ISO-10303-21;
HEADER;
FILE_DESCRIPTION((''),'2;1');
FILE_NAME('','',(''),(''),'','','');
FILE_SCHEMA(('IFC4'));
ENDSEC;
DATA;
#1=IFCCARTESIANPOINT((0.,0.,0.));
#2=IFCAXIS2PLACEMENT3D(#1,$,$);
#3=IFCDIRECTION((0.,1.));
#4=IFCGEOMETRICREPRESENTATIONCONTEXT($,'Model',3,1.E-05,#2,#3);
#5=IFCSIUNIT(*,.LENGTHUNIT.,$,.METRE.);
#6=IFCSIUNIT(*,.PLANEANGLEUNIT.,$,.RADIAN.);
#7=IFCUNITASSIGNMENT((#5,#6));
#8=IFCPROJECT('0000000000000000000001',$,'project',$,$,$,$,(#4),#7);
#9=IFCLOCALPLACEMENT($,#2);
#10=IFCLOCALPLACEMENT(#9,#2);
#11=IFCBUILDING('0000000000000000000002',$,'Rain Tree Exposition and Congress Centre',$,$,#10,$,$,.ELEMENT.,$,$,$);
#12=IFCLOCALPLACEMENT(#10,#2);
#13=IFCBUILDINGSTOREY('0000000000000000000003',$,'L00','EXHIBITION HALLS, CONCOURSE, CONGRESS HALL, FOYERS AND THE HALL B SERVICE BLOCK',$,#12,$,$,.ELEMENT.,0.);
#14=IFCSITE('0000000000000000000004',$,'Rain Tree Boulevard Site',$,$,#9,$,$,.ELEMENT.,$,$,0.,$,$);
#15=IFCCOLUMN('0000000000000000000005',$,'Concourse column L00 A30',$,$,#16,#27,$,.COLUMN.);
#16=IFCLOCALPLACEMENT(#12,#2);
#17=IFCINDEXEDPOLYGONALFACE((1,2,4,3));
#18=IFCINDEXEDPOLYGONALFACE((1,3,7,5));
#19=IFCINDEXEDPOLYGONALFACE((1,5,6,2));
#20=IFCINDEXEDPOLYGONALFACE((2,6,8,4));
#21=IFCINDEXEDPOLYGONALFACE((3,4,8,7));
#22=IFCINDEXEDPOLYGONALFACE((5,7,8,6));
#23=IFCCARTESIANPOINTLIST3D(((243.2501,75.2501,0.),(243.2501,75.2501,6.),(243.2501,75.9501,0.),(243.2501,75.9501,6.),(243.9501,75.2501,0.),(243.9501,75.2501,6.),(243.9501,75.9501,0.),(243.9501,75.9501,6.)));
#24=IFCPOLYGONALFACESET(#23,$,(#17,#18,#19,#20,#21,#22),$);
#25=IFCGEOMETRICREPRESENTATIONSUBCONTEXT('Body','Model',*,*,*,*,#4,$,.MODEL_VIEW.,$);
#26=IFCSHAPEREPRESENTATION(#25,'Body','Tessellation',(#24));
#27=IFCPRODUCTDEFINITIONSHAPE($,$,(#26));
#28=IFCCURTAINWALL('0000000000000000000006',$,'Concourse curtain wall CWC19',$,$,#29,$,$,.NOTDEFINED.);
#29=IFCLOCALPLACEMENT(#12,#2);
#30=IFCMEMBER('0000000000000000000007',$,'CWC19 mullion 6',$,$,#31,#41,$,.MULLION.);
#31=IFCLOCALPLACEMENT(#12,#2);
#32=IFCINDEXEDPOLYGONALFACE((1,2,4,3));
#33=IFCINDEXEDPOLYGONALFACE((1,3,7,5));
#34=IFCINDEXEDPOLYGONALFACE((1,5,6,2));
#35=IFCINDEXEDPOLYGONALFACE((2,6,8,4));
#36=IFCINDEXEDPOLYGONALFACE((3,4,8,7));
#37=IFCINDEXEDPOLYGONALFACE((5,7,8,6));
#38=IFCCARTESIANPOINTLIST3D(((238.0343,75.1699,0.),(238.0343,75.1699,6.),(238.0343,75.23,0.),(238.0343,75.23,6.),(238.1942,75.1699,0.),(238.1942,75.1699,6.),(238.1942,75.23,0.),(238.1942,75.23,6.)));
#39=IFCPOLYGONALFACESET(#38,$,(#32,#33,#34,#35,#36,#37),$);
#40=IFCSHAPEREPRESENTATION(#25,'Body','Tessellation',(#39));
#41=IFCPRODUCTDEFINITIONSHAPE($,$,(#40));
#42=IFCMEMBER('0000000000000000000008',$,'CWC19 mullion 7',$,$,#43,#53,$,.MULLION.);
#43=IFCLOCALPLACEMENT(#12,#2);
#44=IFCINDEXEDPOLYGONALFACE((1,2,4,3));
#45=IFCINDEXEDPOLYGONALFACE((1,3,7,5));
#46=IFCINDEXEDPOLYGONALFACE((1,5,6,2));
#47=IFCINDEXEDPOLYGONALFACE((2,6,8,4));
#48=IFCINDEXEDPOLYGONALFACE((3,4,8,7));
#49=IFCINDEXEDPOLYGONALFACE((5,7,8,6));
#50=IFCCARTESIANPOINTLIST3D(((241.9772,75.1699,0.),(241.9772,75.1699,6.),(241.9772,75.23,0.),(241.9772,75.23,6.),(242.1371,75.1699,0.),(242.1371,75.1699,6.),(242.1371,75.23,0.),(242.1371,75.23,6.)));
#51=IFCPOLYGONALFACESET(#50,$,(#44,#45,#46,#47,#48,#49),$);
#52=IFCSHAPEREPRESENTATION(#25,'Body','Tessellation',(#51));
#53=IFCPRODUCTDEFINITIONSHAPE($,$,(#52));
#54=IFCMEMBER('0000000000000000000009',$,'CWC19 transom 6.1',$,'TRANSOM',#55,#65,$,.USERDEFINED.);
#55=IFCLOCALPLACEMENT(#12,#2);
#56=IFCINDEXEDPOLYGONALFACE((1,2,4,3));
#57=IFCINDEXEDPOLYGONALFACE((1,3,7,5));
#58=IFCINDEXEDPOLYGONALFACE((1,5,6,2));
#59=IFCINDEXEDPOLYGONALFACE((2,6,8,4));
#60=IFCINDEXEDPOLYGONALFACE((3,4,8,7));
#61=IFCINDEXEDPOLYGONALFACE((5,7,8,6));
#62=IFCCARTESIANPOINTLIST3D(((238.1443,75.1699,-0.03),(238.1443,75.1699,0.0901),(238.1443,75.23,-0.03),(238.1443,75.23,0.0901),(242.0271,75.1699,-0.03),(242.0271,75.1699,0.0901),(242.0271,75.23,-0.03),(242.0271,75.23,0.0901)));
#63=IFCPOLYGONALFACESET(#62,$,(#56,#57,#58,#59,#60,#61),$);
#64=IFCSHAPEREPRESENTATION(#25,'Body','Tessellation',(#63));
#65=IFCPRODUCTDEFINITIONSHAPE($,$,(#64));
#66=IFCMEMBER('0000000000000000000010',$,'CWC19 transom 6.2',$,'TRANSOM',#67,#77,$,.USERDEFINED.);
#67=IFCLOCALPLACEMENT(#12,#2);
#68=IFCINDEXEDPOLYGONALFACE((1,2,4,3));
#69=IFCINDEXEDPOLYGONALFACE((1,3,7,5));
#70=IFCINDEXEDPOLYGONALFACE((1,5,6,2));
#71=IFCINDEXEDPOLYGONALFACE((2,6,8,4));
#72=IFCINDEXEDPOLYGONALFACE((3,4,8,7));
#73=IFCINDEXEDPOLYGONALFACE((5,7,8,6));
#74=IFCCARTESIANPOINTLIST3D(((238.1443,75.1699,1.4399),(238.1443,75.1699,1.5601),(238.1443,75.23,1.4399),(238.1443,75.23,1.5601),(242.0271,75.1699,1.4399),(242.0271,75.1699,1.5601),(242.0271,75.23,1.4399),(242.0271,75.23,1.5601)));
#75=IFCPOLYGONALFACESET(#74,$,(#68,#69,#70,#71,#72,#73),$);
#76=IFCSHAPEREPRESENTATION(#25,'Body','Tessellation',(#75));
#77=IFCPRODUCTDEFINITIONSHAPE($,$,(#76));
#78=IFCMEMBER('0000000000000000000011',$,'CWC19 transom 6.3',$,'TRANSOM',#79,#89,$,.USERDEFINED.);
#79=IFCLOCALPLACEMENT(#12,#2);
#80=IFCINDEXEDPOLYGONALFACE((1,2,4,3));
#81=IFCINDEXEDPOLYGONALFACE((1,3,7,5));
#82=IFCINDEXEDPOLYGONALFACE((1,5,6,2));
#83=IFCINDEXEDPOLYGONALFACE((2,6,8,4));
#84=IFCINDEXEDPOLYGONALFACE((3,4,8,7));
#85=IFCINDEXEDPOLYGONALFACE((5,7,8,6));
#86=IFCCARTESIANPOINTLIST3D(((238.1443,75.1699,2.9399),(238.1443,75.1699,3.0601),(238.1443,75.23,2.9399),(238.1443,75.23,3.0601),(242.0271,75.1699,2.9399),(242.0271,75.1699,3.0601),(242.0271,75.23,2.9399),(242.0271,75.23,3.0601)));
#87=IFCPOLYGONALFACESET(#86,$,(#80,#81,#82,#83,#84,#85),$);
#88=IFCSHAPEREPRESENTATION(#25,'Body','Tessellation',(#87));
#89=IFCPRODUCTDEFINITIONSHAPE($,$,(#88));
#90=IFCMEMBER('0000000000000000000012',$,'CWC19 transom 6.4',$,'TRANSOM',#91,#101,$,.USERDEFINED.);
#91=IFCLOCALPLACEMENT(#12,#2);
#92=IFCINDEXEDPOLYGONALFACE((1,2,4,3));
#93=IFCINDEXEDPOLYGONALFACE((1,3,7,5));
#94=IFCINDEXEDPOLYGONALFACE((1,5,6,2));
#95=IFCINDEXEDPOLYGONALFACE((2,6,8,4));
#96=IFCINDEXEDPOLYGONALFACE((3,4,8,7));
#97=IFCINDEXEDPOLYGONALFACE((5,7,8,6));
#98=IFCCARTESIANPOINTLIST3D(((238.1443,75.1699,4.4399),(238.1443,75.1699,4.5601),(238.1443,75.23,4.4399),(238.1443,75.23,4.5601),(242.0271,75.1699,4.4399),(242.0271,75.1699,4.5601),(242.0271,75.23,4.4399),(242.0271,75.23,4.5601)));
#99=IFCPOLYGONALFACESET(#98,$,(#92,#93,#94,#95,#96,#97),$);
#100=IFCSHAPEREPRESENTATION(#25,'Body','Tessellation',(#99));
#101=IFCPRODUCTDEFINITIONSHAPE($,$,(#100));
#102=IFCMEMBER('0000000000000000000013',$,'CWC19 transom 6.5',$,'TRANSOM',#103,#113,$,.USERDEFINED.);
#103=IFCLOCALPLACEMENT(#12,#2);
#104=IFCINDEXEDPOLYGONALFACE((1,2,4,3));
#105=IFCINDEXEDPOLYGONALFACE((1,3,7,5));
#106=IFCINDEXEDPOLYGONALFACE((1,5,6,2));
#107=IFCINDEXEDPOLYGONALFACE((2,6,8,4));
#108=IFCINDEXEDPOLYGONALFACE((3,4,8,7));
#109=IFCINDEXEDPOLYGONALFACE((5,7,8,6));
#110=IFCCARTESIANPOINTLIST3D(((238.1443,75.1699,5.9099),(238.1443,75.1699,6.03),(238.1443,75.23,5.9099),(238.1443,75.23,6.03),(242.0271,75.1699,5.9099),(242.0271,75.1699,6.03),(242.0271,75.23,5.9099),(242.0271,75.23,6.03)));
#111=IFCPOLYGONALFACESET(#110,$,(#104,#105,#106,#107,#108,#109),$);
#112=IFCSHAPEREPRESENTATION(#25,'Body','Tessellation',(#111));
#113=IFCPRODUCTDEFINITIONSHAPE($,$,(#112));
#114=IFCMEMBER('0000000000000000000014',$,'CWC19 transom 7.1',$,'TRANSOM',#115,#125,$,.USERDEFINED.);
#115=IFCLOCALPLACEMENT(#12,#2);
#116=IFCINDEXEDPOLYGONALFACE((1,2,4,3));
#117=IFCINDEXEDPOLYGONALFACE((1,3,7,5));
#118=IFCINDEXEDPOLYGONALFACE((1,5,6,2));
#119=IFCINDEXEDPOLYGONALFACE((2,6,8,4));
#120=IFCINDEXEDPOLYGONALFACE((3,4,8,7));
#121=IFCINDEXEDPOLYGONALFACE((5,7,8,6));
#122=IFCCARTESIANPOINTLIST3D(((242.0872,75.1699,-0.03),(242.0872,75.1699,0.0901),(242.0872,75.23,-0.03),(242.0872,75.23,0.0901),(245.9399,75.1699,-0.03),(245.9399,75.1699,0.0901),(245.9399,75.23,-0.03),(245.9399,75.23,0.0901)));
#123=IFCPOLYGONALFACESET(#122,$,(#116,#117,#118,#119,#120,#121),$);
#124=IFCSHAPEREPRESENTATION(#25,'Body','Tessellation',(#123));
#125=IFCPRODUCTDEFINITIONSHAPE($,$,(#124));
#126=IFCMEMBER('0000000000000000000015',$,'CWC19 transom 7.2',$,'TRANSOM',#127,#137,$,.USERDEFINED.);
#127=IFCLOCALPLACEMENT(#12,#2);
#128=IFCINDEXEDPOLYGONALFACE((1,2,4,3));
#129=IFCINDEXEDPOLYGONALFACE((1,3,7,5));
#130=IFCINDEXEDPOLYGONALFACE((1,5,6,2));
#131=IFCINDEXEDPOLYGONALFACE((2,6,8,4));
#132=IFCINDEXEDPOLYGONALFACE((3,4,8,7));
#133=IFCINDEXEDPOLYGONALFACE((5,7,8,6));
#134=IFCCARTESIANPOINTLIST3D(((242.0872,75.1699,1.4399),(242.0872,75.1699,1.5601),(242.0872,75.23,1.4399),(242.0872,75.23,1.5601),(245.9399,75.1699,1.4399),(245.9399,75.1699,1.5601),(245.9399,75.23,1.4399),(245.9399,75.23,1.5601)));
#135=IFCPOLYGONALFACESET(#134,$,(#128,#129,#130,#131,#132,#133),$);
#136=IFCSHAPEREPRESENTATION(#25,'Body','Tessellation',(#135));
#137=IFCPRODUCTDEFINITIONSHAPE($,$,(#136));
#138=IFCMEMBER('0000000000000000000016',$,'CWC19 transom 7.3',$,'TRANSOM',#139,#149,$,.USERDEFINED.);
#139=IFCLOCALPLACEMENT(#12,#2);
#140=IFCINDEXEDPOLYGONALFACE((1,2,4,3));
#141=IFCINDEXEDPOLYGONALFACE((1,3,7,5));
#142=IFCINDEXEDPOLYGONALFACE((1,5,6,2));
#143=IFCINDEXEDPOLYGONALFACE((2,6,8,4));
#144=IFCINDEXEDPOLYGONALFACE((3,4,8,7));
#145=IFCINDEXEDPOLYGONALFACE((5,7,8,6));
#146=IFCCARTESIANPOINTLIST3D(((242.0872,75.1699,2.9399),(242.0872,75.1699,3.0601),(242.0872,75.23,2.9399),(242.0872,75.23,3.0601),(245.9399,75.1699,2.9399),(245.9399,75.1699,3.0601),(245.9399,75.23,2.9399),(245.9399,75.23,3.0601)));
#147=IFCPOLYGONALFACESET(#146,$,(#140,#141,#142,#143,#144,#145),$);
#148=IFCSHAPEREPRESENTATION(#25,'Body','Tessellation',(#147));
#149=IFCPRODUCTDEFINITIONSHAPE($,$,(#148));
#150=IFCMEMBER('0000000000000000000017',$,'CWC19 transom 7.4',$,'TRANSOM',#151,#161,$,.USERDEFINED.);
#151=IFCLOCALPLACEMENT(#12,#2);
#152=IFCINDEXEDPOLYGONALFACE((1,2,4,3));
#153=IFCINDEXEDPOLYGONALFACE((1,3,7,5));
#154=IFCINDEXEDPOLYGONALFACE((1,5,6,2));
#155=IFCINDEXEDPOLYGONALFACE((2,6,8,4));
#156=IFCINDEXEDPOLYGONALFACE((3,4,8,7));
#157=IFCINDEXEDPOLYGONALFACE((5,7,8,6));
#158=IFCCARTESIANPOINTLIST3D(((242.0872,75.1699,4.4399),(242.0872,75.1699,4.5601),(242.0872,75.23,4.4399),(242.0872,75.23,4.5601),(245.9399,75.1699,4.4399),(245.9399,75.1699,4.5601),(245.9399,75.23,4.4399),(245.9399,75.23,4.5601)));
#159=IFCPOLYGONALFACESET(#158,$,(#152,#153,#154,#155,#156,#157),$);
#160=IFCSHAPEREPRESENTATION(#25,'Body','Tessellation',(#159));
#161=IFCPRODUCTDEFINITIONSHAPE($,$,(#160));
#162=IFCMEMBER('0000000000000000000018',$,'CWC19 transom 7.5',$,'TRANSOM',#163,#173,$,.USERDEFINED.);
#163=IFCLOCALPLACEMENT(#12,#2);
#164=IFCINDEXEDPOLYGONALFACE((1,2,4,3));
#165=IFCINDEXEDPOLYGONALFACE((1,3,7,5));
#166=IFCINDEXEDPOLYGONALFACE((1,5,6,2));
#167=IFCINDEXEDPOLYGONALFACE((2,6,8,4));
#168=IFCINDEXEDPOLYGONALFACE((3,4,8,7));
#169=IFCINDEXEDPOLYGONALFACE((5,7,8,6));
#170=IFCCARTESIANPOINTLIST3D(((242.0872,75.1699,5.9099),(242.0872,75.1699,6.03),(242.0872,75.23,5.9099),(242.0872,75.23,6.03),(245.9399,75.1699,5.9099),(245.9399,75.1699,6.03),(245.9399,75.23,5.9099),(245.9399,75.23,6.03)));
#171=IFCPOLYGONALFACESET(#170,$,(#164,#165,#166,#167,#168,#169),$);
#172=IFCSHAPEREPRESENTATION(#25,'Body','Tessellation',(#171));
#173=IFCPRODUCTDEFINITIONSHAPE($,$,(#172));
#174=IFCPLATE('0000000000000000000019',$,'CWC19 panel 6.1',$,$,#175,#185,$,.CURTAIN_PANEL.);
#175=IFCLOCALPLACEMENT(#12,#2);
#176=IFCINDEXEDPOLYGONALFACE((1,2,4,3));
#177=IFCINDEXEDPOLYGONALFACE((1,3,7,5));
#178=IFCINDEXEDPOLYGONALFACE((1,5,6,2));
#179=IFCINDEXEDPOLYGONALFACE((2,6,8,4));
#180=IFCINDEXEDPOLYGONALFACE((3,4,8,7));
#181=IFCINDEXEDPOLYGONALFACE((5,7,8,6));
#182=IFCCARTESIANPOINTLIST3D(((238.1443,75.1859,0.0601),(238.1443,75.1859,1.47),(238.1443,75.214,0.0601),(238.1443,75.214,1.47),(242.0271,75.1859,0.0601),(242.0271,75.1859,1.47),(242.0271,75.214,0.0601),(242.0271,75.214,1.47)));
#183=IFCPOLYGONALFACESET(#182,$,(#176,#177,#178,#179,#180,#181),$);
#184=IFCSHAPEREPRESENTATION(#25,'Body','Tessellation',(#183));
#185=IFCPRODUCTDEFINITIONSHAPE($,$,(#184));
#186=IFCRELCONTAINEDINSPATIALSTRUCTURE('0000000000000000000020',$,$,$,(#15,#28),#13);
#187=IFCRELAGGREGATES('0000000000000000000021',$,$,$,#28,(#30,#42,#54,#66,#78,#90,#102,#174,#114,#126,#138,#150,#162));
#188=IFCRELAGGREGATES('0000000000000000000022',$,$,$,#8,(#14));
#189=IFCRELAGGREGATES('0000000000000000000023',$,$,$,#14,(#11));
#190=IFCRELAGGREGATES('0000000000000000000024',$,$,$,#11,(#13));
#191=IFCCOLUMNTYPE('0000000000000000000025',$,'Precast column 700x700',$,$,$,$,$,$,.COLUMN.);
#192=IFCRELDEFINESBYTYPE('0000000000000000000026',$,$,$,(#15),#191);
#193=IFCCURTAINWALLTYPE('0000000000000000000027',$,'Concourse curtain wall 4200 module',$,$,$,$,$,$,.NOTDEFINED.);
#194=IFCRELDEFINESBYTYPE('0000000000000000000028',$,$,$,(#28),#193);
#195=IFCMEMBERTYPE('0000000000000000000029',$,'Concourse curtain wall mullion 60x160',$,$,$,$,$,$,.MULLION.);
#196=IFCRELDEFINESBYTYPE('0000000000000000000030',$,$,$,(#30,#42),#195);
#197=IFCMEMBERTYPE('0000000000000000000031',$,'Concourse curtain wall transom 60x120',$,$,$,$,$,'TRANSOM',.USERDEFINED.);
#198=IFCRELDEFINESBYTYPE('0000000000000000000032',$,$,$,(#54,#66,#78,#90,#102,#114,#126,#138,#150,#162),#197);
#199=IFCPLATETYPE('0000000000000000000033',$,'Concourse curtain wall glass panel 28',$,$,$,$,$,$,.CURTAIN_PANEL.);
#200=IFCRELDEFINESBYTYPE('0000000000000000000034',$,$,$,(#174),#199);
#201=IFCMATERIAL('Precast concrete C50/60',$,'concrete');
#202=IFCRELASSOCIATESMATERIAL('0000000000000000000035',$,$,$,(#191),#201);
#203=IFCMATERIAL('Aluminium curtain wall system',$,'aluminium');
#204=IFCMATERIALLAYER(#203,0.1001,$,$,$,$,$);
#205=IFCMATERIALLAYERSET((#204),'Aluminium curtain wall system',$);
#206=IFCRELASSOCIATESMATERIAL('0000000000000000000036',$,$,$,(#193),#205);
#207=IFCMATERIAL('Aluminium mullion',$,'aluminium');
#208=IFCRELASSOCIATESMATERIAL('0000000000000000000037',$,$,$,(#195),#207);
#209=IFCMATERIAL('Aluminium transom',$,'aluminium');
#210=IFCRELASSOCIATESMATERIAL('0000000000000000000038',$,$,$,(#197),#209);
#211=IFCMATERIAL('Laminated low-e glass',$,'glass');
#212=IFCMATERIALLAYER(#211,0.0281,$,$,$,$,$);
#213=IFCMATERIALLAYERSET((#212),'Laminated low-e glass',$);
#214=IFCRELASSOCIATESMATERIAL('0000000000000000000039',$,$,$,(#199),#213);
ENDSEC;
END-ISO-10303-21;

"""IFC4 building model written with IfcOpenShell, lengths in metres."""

from ifc_helpers import new_model, si_unit, direction, frame, origin, origin_2d, place, context, subcontext, project, spatial, rectangle, extrude, material, layer, layer_set, material_profile, profile_set, type_object, element, aggregate, save


model = new_model("IFC4")

# Units and contexts
model_context = context("Model", 3, precision=1e-05, world=origin(), true_north=direction((0.0, 1.0)))
body_context = subcontext(model_context, "Body", "Model", "MODEL_VIEW")
ifc_project = project(units=[si_unit("LENGTHUNIT", "METRE"), si_unit("PLANEANGLEUNIT", "RADIAN")], contexts=[model_context])

# Site, building, storey
site_placement = place(None, origin())
site = spatial("IfcSite", under=ifc_project, at=site_placement, Name="Rain Tree Boulevard Site", CompositionType="ELEMENT", RefElevation=0.0)
building_placement = place(site_placement, origin())
building = spatial("IfcBuilding", under=site, at=building_placement, Name="Rain Tree Exposition and Congress Centre", CompositionType="ELEMENT")
storey_placement = place(building_placement, origin())
storey = spatial("IfcBuildingStorey", under=building, at=storey_placement, Name="L00", Description="EXHIBITION HALLS, CONCOURSE, CONGRESS HALL, FOYERS AND THE HALL B SERVICE BLOCK", CompositionType="ELEMENT", Elevation=0.0)

# Column
ifc_material_1 = material(Name="Precast concrete C50/60", Category="concrete")
ifc_material_profile_1 = material_profile(ifc_material_1, rectangle(XDim=0.7, YDim=0.7, at=origin_2d()), Name="RC 700x700")
ifc_profile_set_1 = profile_set([ifc_material_profile_1], Name="Precast concrete C50/60")
column_type = type_object("IfcColumnType", Name="Precast column 700x700", PredefinedType="COLUMN", material=ifc_profile_set_1)
column_placement = place(storey_placement, frame((243.6001, 75.6001, 0.0), z_axis=(0.0, 0.0, 1.0), x_axis=(1.0, 0.0, 0.0)))
element("IfcColumn", 1, at=column_placement, inside=storey, type_object=column_type, Name="Concourse column L00 A30", PredefinedType="COLUMN", context=body_context, shape_type="SweptSolid", body=[
    extrude(rectangle(XDim=0.7, YDim=0.7, at=origin_2d()), origin(), (0.0, 0.0, 1.0), 6.0),
])

# Curtain wall, members, plate
ifc_material_2 = material(Name="Aluminium curtain wall system", Category="aluminium")
ifc_layer_1 = layer(ifc_material_2, 0.1001)
ifc_layer_set_1 = layer_set([ifc_layer_1], Name="Aluminium curtain wall system")
curtain_wall_type = type_object("IfcCurtainWallType", Name="Concourse curtain wall 4200 module", PredefinedType="NOTDEFINED", material=ifc_layer_set_1)
curtain_wall_placement = place(storey_placement, origin())
curtain_wall = element("IfcCurtainWall", 2, at=curtain_wall_placement, inside=storey, type_object=curtain_wall_type, Name="Concourse curtain wall CWC19", PredefinedType="NOTDEFINED")
ifc_material_3 = material(Name="Aluminium mullion", Category="aluminium")
ifc_material_profile_2 = material_profile(ifc_material_3, rectangle(XDim=0.0601, YDim=0.1599, at=origin_2d()), Name="AL 60x160")
ifc_profile_set_2 = profile_set([ifc_material_profile_2], Name="Aluminium mullion")
member_type_1 = type_object("IfcMemberType", Name="Concourse curtain wall mullion 60x160", PredefinedType="MULLION", material=ifc_profile_set_2)
member_1_placement = place(storey_placement, frame((238.1143, 75.2, 0.0), z_axis=(0.0, 0.0, 1.0), x_axis=(0.0, 1.0, 0.0)))
member_1 = element("IfcMember", 3, at=member_1_placement, type_object=member_type_1, Name="CWC19 mullion 6", PredefinedType="MULLION", context=body_context, shape_type="SweptSolid", body=[
    extrude(rectangle(XDim=0.0601, YDim=0.1599, at=origin_2d()), origin(), (0.0, 0.0, 1.0), 6.0),
])
member_2_placement = place(storey_placement, frame((242.0571, 75.2, 0.0), z_axis=(0.0, 0.0, 1.0), x_axis=(0.0, 1.0, 0.0)))
member_2 = element("IfcMember", 4, at=member_2_placement, type_object=member_type_1, Name="CWC19 mullion 7", PredefinedType="MULLION", context=body_context, shape_type="SweptSolid", body=[
    extrude(rectangle(XDim=0.0601, YDim=0.1599, at=origin_2d()), origin(), (0.0, 0.0, 1.0), 6.0),
])
ifc_material_4 = material(Name="Aluminium transom", Category="aluminium")
ifc_material_profile_3 = material_profile(ifc_material_4, rectangle(XDim=0.0601, YDim=0.1201, at=origin_2d()), Name="AL 60x120")
ifc_profile_set_3 = profile_set([ifc_material_profile_3], Name="Aluminium transom")
member_type_2 = type_object("IfcMemberType", Name="Concourse curtain wall transom 60x120", ElementType="TRANSOM", PredefinedType="USERDEFINED", material=ifc_profile_set_3)
member_3_placement = place(storey_placement, frame((238.1443, 75.2, 0.03), z_axis=(1.0, 0.0, 0.0), x_axis=(0.0, 1.0, 0.0)))
member_3 = element("IfcMember", 5, at=member_3_placement, type_object=member_type_2, Name="CWC19 transom 6.1", ObjectType="TRANSOM", PredefinedType="USERDEFINED", context=body_context, shape_type="SweptSolid", body=[
    extrude(rectangle(XDim=0.0601, YDim=0.1201, at=origin_2d()), origin(), (0.0, 0.0, 1.0), 3.8828),
])
member_4_placement = place(storey_placement, frame((238.1443, 75.2, 1.5), z_axis=(1.0, 0.0, 0.0), x_axis=(0.0, 1.0, 0.0)))
member_4 = element("IfcMember", 6, at=member_4_placement, type_object=member_type_2, Name="CWC19 transom 6.2", ObjectType="TRANSOM", PredefinedType="USERDEFINED", context=body_context, shape_type="SweptSolid", body=[
    extrude(rectangle(XDim=0.0601, YDim=0.1201, at=origin_2d()), origin(), (0.0, 0.0, 1.0), 3.8828),
])
member_5_placement = place(storey_placement, frame((238.1443, 75.2, 3.0), z_axis=(1.0, 0.0, 0.0), x_axis=(0.0, 1.0, 0.0)))
member_5 = element("IfcMember", 7, at=member_5_placement, type_object=member_type_2, Name="CWC19 transom 6.3", ObjectType="TRANSOM", PredefinedType="USERDEFINED", context=body_context, shape_type="SweptSolid", body=[
    extrude(rectangle(XDim=0.0601, YDim=0.1201, at=origin_2d()), origin(), (0.0, 0.0, 1.0), 3.8828),
])
member_6_placement = place(storey_placement, frame((238.1443, 75.2, 4.5), z_axis=(1.0, 0.0, 0.0), x_axis=(0.0, 1.0, 0.0)))
member_6 = element("IfcMember", 8, at=member_6_placement, type_object=member_type_2, Name="CWC19 transom 6.4", ObjectType="TRANSOM", PredefinedType="USERDEFINED", context=body_context, shape_type="SweptSolid", body=[
    extrude(rectangle(XDim=0.0601, YDim=0.1201, at=origin_2d()), origin(), (0.0, 0.0, 1.0), 3.8828),
])
member_7_placement = place(storey_placement, frame((238.1443, 75.2, 5.97), z_axis=(1.0, 0.0, 0.0), x_axis=(0.0, 1.0, 0.0)))
member_7 = element("IfcMember", 9, at=member_7_placement, type_object=member_type_2, Name="CWC19 transom 6.5", ObjectType="TRANSOM", PredefinedType="USERDEFINED", context=body_context, shape_type="SweptSolid", body=[
    extrude(rectangle(XDim=0.0601, YDim=0.1201, at=origin_2d()), origin(), (0.0, 0.0, 1.0), 3.8828),
])
member_8_placement = place(storey_placement, frame((242.0872, 75.2, 0.03), z_axis=(1.0, 0.0, 0.0), x_axis=(0.0, 1.0, 0.0)))
member_8 = element("IfcMember", 10, at=member_8_placement, type_object=member_type_2, Name="CWC19 transom 7.1", ObjectType="TRANSOM", PredefinedType="USERDEFINED", context=body_context, shape_type="SweptSolid", body=[
    extrude(rectangle(XDim=0.0601, YDim=0.1201, at=origin_2d()), origin(), (0.0, 0.0, 1.0), 3.8528),
])
member_9_placement = place(storey_placement, frame((242.0872, 75.2, 1.5), z_axis=(1.0, 0.0, 0.0), x_axis=(0.0, 1.0, 0.0)))
member_9 = element("IfcMember", 11, at=member_9_placement, type_object=member_type_2, Name="CWC19 transom 7.2", ObjectType="TRANSOM", PredefinedType="USERDEFINED", context=body_context, shape_type="SweptSolid", body=[
    extrude(rectangle(XDim=0.0601, YDim=0.1201, at=origin_2d()), origin(), (0.0, 0.0, 1.0), 3.8528),
])
member_10_placement = place(storey_placement, frame((242.0872, 75.2, 3.0), z_axis=(1.0, 0.0, 0.0), x_axis=(0.0, 1.0, 0.0)))
member_10 = element("IfcMember", 12, at=member_10_placement, type_object=member_type_2, Name="CWC19 transom 7.3", ObjectType="TRANSOM", PredefinedType="USERDEFINED", context=body_context, shape_type="SweptSolid", body=[
    extrude(rectangle(XDim=0.0601, YDim=0.1201, at=origin_2d()), origin(), (0.0, 0.0, 1.0), 3.8528),
])
member_11_placement = place(storey_placement, frame((242.0872, 75.2, 4.5), z_axis=(1.0, 0.0, 0.0), x_axis=(0.0, 1.0, 0.0)))
member_11 = element("IfcMember", 13, at=member_11_placement, type_object=member_type_2, Name="CWC19 transom 7.4", ObjectType="TRANSOM", PredefinedType="USERDEFINED", context=body_context, shape_type="SweptSolid", body=[
    extrude(rectangle(XDim=0.0601, YDim=0.1201, at=origin_2d()), origin(), (0.0, 0.0, 1.0), 3.8528),
])
member_12_placement = place(storey_placement, frame((242.0872, 75.2, 5.97), z_axis=(1.0, 0.0, 0.0), x_axis=(0.0, 1.0, 0.0)))
member_12 = element("IfcMember", 14, at=member_12_placement, type_object=member_type_2, Name="CWC19 transom 7.5", ObjectType="TRANSOM", PredefinedType="USERDEFINED", context=body_context, shape_type="SweptSolid", body=[
    extrude(rectangle(XDim=0.0601, YDim=0.1201, at=origin_2d()), origin(), (0.0, 0.0, 1.0), 3.8528),
])
ifc_material_5 = material(Name="Laminated low-e glass", Category="glass")
ifc_layer_2 = layer(ifc_material_5, 0.0281)
ifc_layer_set_2 = layer_set([ifc_layer_2], Name="Laminated low-e glass")
plate_type = type_object("IfcPlateType", Name="Concourse curtain wall glass panel 28", PredefinedType="CURTAIN_PANEL", material=ifc_layer_set_2)
plate_1_placement = place(storey_placement, frame((240.0857, 75.2, 0.0601), z_axis=(0.0, 0.0, 1.0), x_axis=(1.0, 0.0, 0.0)))
plate_1 = element("IfcPlate", 15, at=plate_1_placement, type_object=plate_type, Name="CWC19 panel 6.1", PredefinedType="CURTAIN_PANEL", context=body_context, shape_type="SweptSolid", body=[
    extrude(rectangle(XDim=3.8828, YDim=0.0281, at=origin_2d()), origin(), (0.0, 0.0, 1.0), 1.4099),
])
aggregate(curtain_wall, [member_1, member_2, member_3, member_4, member_5, member_6, member_7, plate_1, member_8, member_9, member_10, member_11, member_12])

save(model, "model.ifc")
